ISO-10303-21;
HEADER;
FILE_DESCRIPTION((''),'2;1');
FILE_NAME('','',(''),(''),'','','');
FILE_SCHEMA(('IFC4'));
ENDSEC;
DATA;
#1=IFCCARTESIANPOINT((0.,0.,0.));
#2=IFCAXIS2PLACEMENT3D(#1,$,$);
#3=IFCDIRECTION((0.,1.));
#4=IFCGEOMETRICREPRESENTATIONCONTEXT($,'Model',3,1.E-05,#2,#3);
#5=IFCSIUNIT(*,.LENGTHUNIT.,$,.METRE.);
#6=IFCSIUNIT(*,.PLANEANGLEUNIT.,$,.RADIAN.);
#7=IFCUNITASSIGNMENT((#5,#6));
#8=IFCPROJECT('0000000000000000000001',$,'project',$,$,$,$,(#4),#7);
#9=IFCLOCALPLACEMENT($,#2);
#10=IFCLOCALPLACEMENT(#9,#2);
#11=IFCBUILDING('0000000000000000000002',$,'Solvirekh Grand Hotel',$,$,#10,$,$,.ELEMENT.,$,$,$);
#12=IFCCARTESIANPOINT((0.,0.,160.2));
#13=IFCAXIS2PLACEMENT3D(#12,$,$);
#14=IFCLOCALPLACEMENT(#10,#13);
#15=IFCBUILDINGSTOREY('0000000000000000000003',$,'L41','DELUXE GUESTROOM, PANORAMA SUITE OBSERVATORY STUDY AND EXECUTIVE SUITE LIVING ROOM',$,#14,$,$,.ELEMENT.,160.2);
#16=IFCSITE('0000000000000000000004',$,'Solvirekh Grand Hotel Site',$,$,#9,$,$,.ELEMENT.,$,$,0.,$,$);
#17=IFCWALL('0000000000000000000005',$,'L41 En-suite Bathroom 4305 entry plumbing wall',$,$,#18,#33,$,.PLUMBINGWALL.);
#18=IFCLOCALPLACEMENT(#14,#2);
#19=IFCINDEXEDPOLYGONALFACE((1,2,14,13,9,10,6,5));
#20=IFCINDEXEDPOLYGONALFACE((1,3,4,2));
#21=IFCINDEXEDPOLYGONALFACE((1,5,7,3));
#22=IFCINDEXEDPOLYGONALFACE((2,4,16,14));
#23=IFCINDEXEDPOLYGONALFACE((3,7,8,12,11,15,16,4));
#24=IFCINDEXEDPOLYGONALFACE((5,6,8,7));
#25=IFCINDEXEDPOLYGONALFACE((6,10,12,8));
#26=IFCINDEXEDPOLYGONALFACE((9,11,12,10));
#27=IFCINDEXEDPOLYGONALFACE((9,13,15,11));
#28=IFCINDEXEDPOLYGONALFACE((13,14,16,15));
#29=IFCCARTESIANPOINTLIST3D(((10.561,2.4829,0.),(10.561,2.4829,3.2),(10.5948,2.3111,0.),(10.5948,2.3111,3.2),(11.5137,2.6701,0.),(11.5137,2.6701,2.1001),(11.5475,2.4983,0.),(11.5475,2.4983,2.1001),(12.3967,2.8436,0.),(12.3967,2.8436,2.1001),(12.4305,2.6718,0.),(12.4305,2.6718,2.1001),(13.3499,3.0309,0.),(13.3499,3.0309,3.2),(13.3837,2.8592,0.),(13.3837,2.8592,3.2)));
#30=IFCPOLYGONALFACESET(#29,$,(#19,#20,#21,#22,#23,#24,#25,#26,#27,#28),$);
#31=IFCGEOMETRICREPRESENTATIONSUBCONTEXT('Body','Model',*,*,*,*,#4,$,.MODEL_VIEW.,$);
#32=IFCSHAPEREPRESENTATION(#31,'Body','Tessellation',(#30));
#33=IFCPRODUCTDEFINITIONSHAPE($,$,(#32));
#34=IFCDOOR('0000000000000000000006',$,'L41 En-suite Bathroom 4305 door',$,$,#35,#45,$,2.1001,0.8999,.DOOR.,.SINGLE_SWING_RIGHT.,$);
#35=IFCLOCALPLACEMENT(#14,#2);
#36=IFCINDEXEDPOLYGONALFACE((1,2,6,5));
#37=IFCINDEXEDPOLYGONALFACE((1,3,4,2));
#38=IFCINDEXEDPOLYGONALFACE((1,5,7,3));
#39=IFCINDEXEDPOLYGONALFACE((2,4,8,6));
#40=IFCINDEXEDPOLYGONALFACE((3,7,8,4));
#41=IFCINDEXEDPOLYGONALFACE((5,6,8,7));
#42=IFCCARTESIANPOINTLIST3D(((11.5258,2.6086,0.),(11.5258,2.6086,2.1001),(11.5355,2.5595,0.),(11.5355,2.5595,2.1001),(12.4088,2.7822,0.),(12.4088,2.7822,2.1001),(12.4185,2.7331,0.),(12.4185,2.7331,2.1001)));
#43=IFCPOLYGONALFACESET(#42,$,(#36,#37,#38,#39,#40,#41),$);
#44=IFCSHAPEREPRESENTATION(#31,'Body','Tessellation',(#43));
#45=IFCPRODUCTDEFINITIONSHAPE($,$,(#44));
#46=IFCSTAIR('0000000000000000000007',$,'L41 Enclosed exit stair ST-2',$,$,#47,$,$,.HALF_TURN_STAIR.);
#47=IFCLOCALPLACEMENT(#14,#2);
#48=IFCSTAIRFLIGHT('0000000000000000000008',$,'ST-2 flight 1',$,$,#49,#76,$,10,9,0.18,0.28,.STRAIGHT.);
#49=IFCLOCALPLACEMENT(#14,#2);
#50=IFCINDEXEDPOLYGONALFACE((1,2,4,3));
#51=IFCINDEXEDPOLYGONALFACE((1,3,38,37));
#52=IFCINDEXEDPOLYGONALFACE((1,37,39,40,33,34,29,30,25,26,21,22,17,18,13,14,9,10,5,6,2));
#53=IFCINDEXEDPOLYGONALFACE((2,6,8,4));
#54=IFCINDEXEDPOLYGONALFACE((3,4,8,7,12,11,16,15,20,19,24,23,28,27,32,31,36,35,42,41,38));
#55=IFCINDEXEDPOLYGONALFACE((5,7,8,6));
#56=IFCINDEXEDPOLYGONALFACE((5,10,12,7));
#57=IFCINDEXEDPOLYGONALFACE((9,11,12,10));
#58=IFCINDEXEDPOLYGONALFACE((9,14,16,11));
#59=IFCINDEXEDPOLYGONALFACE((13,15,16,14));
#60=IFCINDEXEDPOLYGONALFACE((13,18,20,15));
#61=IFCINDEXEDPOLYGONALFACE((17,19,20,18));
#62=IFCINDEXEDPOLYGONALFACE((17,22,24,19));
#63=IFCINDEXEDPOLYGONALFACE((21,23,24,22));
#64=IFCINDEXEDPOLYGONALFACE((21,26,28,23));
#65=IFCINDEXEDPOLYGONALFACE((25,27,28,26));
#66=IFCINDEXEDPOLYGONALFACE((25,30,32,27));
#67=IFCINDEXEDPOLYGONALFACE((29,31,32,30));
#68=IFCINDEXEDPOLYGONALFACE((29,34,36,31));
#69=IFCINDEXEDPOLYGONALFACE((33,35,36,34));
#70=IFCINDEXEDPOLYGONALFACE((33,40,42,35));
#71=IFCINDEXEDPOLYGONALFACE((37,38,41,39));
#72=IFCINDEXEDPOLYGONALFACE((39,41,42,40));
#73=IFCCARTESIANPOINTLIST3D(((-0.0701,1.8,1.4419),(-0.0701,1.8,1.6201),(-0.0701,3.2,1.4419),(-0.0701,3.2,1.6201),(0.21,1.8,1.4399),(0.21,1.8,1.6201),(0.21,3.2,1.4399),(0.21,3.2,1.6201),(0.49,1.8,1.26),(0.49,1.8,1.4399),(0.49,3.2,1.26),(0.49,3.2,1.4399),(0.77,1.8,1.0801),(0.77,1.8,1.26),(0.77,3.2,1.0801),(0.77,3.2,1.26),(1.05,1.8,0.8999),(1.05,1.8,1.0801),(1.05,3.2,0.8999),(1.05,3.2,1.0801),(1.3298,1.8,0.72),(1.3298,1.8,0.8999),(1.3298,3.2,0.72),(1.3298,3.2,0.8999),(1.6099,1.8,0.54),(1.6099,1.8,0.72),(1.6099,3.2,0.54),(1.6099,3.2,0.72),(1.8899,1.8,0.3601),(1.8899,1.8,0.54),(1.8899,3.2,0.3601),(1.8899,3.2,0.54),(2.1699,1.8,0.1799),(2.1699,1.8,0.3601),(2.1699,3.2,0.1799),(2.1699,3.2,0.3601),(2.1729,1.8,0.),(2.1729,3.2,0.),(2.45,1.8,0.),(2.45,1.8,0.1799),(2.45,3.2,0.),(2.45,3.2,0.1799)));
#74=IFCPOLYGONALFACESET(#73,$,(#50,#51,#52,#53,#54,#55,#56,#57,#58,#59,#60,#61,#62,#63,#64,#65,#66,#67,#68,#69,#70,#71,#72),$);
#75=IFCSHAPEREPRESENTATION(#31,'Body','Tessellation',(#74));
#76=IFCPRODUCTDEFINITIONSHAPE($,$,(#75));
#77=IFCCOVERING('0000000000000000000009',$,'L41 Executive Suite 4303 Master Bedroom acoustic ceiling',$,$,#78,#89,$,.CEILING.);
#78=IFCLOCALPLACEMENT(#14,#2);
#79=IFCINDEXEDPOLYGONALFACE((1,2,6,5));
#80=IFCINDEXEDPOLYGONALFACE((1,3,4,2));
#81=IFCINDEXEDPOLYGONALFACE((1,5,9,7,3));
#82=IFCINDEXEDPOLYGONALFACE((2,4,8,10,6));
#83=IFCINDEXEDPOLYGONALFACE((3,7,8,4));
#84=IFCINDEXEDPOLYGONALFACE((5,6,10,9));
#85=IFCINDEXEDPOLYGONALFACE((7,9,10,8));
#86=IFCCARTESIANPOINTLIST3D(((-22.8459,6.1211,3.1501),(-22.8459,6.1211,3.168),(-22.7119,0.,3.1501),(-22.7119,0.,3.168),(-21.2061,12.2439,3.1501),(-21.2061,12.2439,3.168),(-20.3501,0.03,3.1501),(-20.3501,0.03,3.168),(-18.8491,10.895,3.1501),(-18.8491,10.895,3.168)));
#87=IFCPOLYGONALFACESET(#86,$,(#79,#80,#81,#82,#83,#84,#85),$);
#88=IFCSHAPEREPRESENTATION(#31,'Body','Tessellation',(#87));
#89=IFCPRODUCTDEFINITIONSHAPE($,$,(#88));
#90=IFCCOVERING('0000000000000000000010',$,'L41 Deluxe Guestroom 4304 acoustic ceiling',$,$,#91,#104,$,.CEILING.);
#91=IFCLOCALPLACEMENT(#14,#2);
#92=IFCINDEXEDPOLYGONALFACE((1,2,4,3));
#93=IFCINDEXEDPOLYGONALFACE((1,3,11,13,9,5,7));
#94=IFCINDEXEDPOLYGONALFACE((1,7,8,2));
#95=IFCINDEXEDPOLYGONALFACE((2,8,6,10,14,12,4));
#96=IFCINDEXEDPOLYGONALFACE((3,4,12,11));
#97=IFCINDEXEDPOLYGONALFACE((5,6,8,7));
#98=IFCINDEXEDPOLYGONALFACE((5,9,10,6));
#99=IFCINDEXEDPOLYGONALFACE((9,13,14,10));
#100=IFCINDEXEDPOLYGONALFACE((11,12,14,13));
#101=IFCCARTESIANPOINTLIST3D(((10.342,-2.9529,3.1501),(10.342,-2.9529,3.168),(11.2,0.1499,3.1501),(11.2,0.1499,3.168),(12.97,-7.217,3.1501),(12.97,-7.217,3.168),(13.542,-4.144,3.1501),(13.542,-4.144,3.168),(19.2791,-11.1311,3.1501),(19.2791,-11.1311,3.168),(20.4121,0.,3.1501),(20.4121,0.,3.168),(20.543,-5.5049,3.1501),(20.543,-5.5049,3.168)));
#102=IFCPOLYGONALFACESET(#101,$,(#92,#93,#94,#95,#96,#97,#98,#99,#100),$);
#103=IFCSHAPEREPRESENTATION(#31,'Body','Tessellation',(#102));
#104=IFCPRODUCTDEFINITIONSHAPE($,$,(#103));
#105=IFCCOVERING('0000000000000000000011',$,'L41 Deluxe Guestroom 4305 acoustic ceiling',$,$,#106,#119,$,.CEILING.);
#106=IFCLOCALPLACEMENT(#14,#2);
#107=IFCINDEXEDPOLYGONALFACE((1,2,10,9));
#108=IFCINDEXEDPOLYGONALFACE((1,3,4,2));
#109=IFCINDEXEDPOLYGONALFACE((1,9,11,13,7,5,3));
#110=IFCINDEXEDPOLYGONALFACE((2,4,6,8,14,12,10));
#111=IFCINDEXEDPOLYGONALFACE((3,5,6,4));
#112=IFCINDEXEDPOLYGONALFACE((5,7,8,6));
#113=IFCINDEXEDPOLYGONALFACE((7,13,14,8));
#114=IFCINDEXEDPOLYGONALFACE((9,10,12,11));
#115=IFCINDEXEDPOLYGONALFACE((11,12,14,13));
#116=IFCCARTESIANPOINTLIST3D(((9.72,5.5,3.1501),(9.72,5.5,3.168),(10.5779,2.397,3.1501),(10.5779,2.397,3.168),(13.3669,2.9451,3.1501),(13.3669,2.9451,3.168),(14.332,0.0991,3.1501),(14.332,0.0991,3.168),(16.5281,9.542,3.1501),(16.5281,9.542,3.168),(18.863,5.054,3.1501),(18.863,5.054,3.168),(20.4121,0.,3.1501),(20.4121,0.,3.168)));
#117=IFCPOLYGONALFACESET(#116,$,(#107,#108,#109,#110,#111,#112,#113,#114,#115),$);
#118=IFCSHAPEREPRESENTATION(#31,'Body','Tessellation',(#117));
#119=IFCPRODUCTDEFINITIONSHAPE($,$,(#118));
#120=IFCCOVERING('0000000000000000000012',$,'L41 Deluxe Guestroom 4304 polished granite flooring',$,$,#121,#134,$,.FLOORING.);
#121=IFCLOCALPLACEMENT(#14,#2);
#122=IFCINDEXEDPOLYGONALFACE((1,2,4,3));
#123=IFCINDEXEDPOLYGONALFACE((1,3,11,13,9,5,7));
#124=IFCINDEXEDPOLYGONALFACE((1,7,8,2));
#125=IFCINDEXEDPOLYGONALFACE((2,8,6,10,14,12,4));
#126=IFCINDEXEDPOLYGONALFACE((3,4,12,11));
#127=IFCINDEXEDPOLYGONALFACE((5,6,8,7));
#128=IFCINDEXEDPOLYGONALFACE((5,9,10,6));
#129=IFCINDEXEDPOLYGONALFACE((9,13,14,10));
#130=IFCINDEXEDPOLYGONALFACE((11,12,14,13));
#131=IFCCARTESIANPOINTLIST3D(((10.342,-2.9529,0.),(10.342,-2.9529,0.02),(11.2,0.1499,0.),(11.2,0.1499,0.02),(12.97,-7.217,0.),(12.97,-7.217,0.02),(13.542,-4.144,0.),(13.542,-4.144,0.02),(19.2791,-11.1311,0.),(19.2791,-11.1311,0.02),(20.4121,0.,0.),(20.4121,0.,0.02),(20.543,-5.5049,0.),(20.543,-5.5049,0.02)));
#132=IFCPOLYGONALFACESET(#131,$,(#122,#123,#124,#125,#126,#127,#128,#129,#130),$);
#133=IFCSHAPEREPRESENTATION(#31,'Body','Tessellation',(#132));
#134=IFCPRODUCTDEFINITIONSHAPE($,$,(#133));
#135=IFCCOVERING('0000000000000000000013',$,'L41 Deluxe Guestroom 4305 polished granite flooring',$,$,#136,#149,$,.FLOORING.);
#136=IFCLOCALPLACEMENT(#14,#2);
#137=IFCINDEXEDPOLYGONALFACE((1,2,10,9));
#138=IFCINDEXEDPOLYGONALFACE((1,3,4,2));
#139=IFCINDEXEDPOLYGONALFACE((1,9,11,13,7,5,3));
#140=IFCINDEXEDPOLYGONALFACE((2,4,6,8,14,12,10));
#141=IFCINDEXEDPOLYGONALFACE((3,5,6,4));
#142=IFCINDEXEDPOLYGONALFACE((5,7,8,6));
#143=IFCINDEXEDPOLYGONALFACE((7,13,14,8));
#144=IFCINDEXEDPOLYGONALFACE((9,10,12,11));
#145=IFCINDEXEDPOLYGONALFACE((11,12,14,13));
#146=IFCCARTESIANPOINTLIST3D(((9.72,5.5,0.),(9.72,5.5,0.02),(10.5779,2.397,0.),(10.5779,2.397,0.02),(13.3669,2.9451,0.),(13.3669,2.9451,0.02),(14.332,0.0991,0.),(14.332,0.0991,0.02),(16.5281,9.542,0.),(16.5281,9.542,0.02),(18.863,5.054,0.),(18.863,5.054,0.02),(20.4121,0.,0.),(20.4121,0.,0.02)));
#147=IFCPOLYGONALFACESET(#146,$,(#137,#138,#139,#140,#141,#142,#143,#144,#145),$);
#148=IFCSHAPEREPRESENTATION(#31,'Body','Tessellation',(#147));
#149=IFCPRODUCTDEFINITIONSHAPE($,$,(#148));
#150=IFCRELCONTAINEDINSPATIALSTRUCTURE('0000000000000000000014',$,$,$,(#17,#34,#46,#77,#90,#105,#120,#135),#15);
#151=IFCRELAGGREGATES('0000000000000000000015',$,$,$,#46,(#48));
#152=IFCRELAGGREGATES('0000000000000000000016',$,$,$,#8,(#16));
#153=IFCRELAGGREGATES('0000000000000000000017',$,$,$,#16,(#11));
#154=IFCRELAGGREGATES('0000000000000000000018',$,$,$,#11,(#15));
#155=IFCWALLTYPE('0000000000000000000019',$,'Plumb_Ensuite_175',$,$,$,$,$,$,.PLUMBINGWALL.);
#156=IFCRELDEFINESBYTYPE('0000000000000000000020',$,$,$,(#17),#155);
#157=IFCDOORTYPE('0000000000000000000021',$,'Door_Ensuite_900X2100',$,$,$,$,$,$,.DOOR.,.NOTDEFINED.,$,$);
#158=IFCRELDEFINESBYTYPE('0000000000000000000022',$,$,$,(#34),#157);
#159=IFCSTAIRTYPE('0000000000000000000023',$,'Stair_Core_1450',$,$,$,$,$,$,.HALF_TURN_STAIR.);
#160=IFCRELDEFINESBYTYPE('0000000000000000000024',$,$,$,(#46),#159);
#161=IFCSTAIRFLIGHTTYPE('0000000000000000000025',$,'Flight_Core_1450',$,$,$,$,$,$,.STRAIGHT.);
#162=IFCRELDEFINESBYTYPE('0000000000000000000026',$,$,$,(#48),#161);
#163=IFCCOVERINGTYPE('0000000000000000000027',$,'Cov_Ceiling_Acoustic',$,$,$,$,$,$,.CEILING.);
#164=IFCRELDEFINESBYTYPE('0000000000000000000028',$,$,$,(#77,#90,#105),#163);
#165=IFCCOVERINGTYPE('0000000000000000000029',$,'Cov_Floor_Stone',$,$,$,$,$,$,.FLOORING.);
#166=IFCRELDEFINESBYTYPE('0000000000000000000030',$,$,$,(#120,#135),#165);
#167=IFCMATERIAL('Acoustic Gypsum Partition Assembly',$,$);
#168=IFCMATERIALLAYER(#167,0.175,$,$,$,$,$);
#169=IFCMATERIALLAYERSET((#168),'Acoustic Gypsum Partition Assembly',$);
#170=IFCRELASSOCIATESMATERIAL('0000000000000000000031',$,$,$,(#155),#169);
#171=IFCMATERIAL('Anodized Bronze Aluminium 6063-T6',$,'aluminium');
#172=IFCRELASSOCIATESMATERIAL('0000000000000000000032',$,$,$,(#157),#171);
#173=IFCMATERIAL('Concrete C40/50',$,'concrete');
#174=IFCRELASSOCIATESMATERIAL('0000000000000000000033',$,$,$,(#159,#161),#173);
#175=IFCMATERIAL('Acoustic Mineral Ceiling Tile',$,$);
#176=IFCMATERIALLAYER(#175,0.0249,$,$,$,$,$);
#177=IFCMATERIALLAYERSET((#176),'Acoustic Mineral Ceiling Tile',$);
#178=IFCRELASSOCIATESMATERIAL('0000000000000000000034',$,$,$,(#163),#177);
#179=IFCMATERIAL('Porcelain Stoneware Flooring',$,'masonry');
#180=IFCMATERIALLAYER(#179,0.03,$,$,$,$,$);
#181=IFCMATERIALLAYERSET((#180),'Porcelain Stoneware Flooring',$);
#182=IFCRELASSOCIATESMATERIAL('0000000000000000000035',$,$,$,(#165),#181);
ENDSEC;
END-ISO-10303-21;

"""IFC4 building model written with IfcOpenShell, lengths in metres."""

from ifc_helpers import new_model, si_unit, direction, frame, frame_2d, origin, place, context, subcontext, project, spatial, polyline, rectangle, outline, extrude, material, layer, layer_set, type_object, element, fill, aggregate, save


model = new_model("IFC4")

# Units and contexts
model_context = context("Model", 3, precision=1e-05, world=origin(), true_north=direction((0.0, 1.0)))
body_context = subcontext(model_context, "Body", "Model", "MODEL_VIEW")
ifc_project = project(units=[si_unit("LENGTHUNIT", "METRE"), si_unit("PLANEANGLEUNIT", "RADIAN")], contexts=[model_context])

# Site, building, storey
site_placement = place(None, origin())
site = spatial("IfcSite", under=ifc_project, at=site_placement, Name="Solvirekh Grand Hotel Site", CompositionType="ELEMENT", RefElevation=0.0)
building_placement = place(site_placement, origin())
building = spatial("IfcBuilding", under=site, at=building_placement, Name="Solvirekh Grand Hotel", CompositionType="ELEMENT")
storey_placement = place(building_placement, frame((0.0, 0.0, 160.2)))
storey = spatial("IfcBuildingStorey", under=building, at=storey_placement, Name="L41", Description="DELUXE GUESTROOM, PANORAMA SUITE OBSERVATORY STUDY AND EXECUTIVE SUITE LIVING ROOM", CompositionType="ELEMENT", Elevation=160.2)

# Shared definitions
ifc_material_1 = material(Name="Concrete C40/50", Category="concrete")
ifc_material_2 = material(Name="Acoustic Gypsum Partition Assembly")

# Shared definitions
ifc_layer_1 = layer(ifc_material_2, 0.175)
ifc_layer_set_1 = layer_set([ifc_layer_1], Name="Acoustic Gypsum Partition Assembly")
wall_type_1 = type_object("IfcWallType", Name="Plumb_Ensuite_175", PredefinedType="PLUMBINGWALL", material=ifc_layer_set_1)

# Wall, opening, door
wall_1_placement = place(storey_placement, frame((10.5779, 2.397, 0.0), z_axis=(0.0, 0.0, 1.0), x_axis=(0.981233, 0.192828, 0.0)))
wall_1 = element("IfcWall", 1, at=wall_1_placement, inside=storey, type_object=wall_type_1, Name="L41 En-suite Bathroom 4305 entry plumbing wall", PredefinedType="PLUMBINGWALL", context=body_context, shape_type="SweptSolid", body=[
    extrude(rectangle(XDim=2.8423, YDim=0.175, at=frame_2d((1.4211, 0.0))), origin(), (0.0, 0.0, 1.0), 3.2),
])
opening_1_placement = place(wall_1_placement, frame((0.9709, 0.0, 0.0)))
opening_1 = element("IfcOpeningElement", 2, at=opening_1_placement, cuts=wall_1, PredefinedType="OPENING", context=body_context, shape_type="SweptSolid", body=[
    extrude(rectangle(XDim=0.8999, YDim=2.1001, at=frame_2d((0.45, 1.05))), frame((0.0, 0.0977, 0.0), z_axis=(0.0, -1.0, 0.0), x_axis=(1.0, 0.0, 0.0)), (0.0, 0.0, 1.0), 0.1951),
])
ifc_material_3 = material(Name="Anodized Bronze Aluminium 6063-T6", Category="aluminium")
door_type_1 = type_object("IfcDoorType", Name="Door_Ensuite_900X2100", OperationType="NOTDEFINED", PredefinedType="DOOR", material=ifc_material_3)
door_1_placement = place(opening_1_placement, origin())
door_1 = element("IfcDoor", 3, at=door_1_placement, inside=storey, type_object=door_type_1, Name="L41 En-suite Bathroom 4305 door", OperationType="SINGLE_SWING_RIGHT", OverallHeight=2.1001, OverallWidth=0.8999, PredefinedType="DOOR", context=body_context, shape_type="SweptSolid", body=[
    extrude(rectangle(XDim=0.8999, YDim=2.1001, at=frame_2d((0.45, 1.05))), frame((0.0, 0.0249, 0.0), z_axis=(0.0, -1.0, 0.0), x_axis=(1.0, 0.0, 0.0)), (0.0, 0.0, 1.0), 0.05),
])
fill(opening_1, door_1)

# Stair, stair flight
stair_type = type_object("IfcStairType", Name="Stair_Core_1450", PredefinedType="HALF_TURN_STAIR", material=ifc_material_1)
stair_placement = place(storey_placement, origin())
stair = element("IfcStair", 4, at=stair_placement, inside=storey, type_object=stair_type, Name="L41 Enclosed exit stair ST-2", PredefinedType="HALF_TURN_STAIR")
stair_flight_type = type_object("IfcStairFlightType", Name="Flight_Core_1450", PredefinedType="STRAIGHT", material=ifc_material_1)
stair_flight_placement = place(storey_placement, frame((2.45, 2.5, 0.0), z_axis=(0.0, 0.0, 1.0), x_axis=(-1.0, 0.0, 0.0)))
stair_flight = element("IfcStairFlight", 5, at=stair_flight_placement, type_object=stair_flight_type, Name="ST-2 flight 1", NumberOfRisers=10, NumberOfTreads=9, PredefinedType="STRAIGHT", RiserHeight=0.18, TreadLength=0.28, context=body_context, shape_type="SweptSolid", body=[
    extrude(outline(polyline([(0.0, 0.0), (0.0, 0.1799), (0.28, 0.1799), (0.28, 0.3601), (0.5601, 0.3601), (0.5601, 0.54), (0.8401, 0.54), (0.8401, 0.72), (1.1201, 0.72), (1.1201, 0.8999), (1.3999, 0.8999), (1.3999, 1.0801), (1.6799, 1.0801), (1.6799, 1.26), (1.96, 1.26), (1.96, 1.4399), (2.24, 1.4399), (2.24, 1.6201), (2.52, 1.6201), (2.52, 1.8), (2.52, 1.4419), (0.2771, 0.0), (0.0, 0.0)])), frame((0.0, 0.7, 0.0), z_axis=(0.0, -1.0, 0.0), x_axis=(1.0, 0.0, 0.0)), (0.0, 0.0, 1.0), 1.3999),
])
aggregate(stair, [stair_flight])

# Coverings
ifc_material_4 = material(Name="Acoustic Mineral Ceiling Tile")
ifc_layer_2 = layer(ifc_material_4, 0.0249)
ifc_layer_set_2 = layer_set([ifc_layer_2], Name="Acoustic Mineral Ceiling Tile")
covering_type_1 = type_object("IfcCoveringType", Name="Cov_Ceiling_Acoustic", PredefinedType="CEILING", material=ifc_layer_set_2)
covering_1_placement = place(storey_placement, frame((0.0, 0.0, 3.1501)))
element("IfcCovering", 6, at=covering_1_placement, inside=storey, type_object=covering_type_1, Name="L41 Executive Suite 4303 Master Bedroom acoustic ceiling", PredefinedType="CEILING", context=body_context, shape_type="SweptSolid", body=[
    extrude(outline(polyline([(-21.2061, 12.2439), (-22.8459, 6.1211), (-22.7119, 0.0), (-20.3501, 0.03), (-18.8491, 10.895), (-21.2061, 12.2439)])), origin(), (0.0, 0.0, 1.0), 0.0178),
])
covering_2_placement = place(storey_placement, frame((0.0, 0.0, 3.1501)))
element("IfcCovering", 7, at=covering_2_placement, inside=storey, type_object=covering_type_1, Name="L41 Deluxe Guestroom 4304 acoustic ceiling", PredefinedType="CEILING", context=body_context, shape_type="SweptSolid", body=[
    extrude(outline(polyline([(13.542, -4.144), (12.97, -7.217), (19.2791, -11.1311), (20.543, -5.5049), (20.4121, 0.0), (11.2, 0.1499), (10.342, -2.9529), (13.542, -4.144)])), origin(), (0.0, 0.0, 1.0), 0.0178),
])
covering_3_placement = place(storey_placement, frame((0.0, 0.0, 3.1501)))
element("IfcCovering", 8, at=covering_3_placement, inside=storey, type_object=covering_type_1, Name="L41 Deluxe Guestroom 4305 acoustic ceiling", PredefinedType="CEILING", context=body_context, shape_type="SweptSolid", body=[
    extrude(outline(polyline([(13.3669, 2.9451), (14.332, 0.0991), (20.4121, 0.0), (18.863, 5.054), (16.5281, 9.542), (9.72, 5.5), (10.5779, 2.397), (13.3669, 2.9451)])), origin(), (0.0, 0.0, 1.0), 0.0178),
])
ifc_material_5 = material(Name="Porcelain Stoneware Flooring", Category="masonry")
ifc_layer_3 = layer(ifc_material_5, 0.03)
ifc_layer_set_3 = layer_set([ifc_layer_3], Name="Porcelain Stoneware Flooring")
covering_type_2 = type_object("IfcCoveringType", Name="Cov_Floor_Stone", PredefinedType="FLOORING", material=ifc_layer_set_3)
covering_4_placement = place(storey_placement, origin())
element("IfcCovering", 9, at=covering_4_placement, inside=storey, type_object=covering_type_2, Name="L41 Deluxe Guestroom 4304 polished granite flooring", PredefinedType="FLOORING", context=body_context, shape_type="SweptSolid", body=[
    extrude(outline(polyline([(13.542, -4.144), (12.97, -7.217), (19.2791, -11.1311), (20.543, -5.5049), (20.4121, 0.0), (11.2, 0.1499), (10.342, -2.9529), (13.542, -4.144)])), origin(), (0.0, 0.0, 1.0), 0.02),
])
covering_5_placement = place(storey_placement, origin())
element("IfcCovering", 10, at=covering_5_placement, inside=storey, type_object=covering_type_2, Name="L41 Deluxe Guestroom 4305 polished granite flooring", PredefinedType="FLOORING", context=body_context, shape_type="SweptSolid", body=[
    extrude(outline(polyline([(13.3669, 2.9451), (14.332, 0.0991), (20.4121, 0.0), (18.863, 5.054), (16.5281, 9.542), (9.72, 5.5), (10.5779, 2.397), (13.3669, 2.9451)])), origin(), (0.0, 0.0, 1.0), 0.02),
])

save(model, "model.ifc")
